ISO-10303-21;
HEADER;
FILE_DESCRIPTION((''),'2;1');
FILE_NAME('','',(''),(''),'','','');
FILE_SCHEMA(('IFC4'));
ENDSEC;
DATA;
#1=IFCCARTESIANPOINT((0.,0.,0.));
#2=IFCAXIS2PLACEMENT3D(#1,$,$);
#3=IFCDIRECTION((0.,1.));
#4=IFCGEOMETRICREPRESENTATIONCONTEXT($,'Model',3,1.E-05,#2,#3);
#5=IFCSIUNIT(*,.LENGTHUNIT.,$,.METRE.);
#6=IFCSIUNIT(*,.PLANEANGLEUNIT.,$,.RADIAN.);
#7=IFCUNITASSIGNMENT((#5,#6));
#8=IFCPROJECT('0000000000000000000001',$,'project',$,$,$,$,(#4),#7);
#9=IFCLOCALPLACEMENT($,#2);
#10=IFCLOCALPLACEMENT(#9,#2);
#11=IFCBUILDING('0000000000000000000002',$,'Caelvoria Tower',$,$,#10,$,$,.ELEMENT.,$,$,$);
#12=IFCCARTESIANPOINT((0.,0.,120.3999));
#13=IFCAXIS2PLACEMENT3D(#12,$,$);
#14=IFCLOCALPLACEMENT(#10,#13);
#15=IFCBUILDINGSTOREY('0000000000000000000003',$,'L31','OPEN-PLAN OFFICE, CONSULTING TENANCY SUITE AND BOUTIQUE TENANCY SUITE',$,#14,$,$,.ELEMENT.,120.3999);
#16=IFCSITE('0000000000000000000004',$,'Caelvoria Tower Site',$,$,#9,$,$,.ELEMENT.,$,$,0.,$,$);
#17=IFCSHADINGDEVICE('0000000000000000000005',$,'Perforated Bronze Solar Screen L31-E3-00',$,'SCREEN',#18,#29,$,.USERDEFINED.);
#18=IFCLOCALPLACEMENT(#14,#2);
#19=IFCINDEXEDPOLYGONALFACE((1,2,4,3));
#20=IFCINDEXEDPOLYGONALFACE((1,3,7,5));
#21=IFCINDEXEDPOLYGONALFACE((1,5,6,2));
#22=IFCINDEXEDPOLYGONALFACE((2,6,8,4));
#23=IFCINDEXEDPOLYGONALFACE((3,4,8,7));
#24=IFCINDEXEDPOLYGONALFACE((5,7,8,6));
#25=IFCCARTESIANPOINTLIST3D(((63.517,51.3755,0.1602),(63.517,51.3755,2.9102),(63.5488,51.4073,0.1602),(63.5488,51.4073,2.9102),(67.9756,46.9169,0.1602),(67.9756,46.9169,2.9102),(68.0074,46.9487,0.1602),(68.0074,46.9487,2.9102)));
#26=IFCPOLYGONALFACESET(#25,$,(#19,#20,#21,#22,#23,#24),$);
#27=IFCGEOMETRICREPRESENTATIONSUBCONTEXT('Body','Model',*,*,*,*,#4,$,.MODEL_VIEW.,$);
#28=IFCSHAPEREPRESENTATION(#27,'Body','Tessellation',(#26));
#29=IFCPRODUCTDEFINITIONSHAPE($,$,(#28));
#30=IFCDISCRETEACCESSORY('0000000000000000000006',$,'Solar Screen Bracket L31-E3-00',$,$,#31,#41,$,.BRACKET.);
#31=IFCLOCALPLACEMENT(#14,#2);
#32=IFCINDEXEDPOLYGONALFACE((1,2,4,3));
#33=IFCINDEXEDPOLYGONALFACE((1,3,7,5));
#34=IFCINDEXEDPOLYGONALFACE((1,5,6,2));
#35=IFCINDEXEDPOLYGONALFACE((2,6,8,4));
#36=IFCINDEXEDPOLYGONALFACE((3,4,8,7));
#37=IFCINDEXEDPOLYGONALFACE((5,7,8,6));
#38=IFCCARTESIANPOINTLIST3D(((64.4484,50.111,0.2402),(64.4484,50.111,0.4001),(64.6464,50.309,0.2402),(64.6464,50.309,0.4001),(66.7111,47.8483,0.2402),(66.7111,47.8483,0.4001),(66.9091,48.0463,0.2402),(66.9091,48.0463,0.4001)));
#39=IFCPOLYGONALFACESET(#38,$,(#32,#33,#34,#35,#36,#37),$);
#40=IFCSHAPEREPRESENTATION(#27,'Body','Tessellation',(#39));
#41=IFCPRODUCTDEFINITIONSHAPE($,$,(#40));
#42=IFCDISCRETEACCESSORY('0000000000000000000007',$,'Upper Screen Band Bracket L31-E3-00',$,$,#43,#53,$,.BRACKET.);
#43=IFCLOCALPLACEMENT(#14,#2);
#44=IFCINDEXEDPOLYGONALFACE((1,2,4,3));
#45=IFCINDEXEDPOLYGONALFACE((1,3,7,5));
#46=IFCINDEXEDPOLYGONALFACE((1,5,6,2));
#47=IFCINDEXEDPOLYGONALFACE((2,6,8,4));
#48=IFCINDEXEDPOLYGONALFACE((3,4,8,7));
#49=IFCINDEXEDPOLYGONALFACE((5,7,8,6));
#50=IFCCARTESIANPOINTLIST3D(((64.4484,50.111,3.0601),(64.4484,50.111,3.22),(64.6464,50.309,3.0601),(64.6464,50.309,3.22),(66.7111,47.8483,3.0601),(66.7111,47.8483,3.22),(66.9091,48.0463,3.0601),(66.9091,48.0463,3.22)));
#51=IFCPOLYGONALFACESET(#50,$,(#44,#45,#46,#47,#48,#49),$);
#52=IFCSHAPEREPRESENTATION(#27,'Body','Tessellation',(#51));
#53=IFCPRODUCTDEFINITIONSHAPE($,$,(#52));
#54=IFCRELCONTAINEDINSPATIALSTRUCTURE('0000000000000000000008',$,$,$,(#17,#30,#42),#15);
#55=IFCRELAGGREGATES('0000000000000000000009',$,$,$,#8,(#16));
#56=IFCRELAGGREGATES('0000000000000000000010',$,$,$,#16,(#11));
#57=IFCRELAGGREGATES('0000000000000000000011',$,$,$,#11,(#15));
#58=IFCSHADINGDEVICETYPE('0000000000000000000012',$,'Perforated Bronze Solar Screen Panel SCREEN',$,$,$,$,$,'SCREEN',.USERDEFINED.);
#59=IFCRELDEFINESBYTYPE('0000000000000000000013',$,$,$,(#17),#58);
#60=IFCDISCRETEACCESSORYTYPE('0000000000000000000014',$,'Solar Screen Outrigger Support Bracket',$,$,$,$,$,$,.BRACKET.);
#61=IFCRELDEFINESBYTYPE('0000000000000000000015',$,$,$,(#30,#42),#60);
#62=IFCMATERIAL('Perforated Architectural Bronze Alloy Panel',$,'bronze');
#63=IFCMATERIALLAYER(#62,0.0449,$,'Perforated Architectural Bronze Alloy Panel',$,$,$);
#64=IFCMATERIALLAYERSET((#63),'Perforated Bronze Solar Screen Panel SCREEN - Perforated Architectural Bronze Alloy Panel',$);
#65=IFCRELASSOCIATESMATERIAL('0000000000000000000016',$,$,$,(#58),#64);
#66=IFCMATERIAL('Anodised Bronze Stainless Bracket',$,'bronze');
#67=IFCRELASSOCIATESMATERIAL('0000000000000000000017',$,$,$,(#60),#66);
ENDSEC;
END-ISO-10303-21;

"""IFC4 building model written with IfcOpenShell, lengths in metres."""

from ifc_helpers import new_model, si_unit, direction, frame, origin, origin_2d, place, context, subcontext, project, spatial, rectangle, extrude, material, layer, layer_set, type_object, element, save


model = new_model("IFC4")

# Units and contexts
model_context = context("Model", 3, precision=1e-05, world=origin(), true_north=direction((0.0, 1.0)))
body_context = subcontext(model_context, "Body", "Model", "MODEL_VIEW")
ifc_project = project(units=[si_unit("LENGTHUNIT", "METRE"), si_unit("PLANEANGLEUNIT", "RADIAN")], contexts=[model_context])

# Site, building, storey
site_placement = place(None, origin())
site = spatial("IfcSite", under=ifc_project, at=site_placement, Name="Caelvoria Tower Site", CompositionType="ELEMENT", RefElevation=0.0)
building_placement = place(site_placement, origin())
building = spatial("IfcBuilding", under=site, at=building_placement, Name="Caelvoria Tower", CompositionType="ELEMENT")
storey_placement = place(building_placement, frame((0.0, 0.0, 120.3999)))
storey = spatial("IfcBuildingStorey", under=building, at=storey_placement, Name="L31", Description="OPEN-PLAN OFFICE, CONSULTING TENANCY SUITE AND BOUTIQUE TENANCY SUITE", CompositionType="ELEMENT", Elevation=120.3999)

# Shading device
ifc_material_1 = material(Name="Perforated Architectural Bronze Alloy Panel", Category="bronze")
ifc_layer_1 = layer(ifc_material_1, 0.0449, Name="Perforated Architectural Bronze Alloy Panel")
ifc_layer_set_1 = layer_set([ifc_layer_1], Name="Perforated Bronze Solar Screen Panel SCREEN - Perforated Architectural Bronze Alloy Panel")
shading_device_type = type_object("IfcShadingDeviceType", Name="Perforated Bronze Solar Screen Panel SCREEN", ElementType="SCREEN", PredefinedType="USERDEFINED", material=ifc_layer_set_1)
shading_device_placement = place(storey_placement, frame((65.7622, 49.1621, 0.1602), z_axis=(0.0, 0.0, 1.0), x_axis=(-0.707107, 0.707107, 0.0)))
element("IfcShadingDevice", 1, at=shading_device_placement, inside=storey, type_object=shading_device_type, Name="Perforated Bronze Solar Screen L31-E3-00", ObjectType="SCREEN", PredefinedType="USERDEFINED", context=body_context, shape_type="SweptSolid", body=[
    extrude(rectangle(XDim=6.3054, YDim=0.0449, at=origin_2d()), origin(), (0.0, 0.0, 1.0), 2.75),
])

# Discrete accessories
ifc_material_2 = material(Name="Anodised Bronze Stainless Bracket", Category="bronze")
discrete_accessory_type = type_object("IfcDiscreteAccessoryType", Name="Solar Screen Outrigger Support Bracket", PredefinedType="BRACKET", material=ifc_material_2)
for number, where, z_axis, x_axis, name in (
    (2, (65.6787, 49.0786, 0.2402), (0.0, 0.0, 1.0), (-0.707107, 0.707107, 0.0), "Solar Screen Bracket L31-E3-00"),
    (3, (65.6787, 49.0786, 3.0601), (0.0, 0.0, 1.0), (-0.707107, 0.707107, 0.0), "Upper Screen Band Bracket L31-E3-00"),
):
    element("IfcDiscreteAccessory", number, at=place(storey_placement, frame(where, z_axis=z_axis, x_axis=x_axis)), inside=storey, type_object=discrete_accessory_type, Name=name, PredefinedType="BRACKET", context=body_context, shape_type="SweptSolid", body=[
        extrude(rectangle(XDim=3.2, YDim=0.28, at=origin_2d()), origin(), (0.0, 0.0, 1.0), 0.1599),
    ])

save(model, "model.ifc")
